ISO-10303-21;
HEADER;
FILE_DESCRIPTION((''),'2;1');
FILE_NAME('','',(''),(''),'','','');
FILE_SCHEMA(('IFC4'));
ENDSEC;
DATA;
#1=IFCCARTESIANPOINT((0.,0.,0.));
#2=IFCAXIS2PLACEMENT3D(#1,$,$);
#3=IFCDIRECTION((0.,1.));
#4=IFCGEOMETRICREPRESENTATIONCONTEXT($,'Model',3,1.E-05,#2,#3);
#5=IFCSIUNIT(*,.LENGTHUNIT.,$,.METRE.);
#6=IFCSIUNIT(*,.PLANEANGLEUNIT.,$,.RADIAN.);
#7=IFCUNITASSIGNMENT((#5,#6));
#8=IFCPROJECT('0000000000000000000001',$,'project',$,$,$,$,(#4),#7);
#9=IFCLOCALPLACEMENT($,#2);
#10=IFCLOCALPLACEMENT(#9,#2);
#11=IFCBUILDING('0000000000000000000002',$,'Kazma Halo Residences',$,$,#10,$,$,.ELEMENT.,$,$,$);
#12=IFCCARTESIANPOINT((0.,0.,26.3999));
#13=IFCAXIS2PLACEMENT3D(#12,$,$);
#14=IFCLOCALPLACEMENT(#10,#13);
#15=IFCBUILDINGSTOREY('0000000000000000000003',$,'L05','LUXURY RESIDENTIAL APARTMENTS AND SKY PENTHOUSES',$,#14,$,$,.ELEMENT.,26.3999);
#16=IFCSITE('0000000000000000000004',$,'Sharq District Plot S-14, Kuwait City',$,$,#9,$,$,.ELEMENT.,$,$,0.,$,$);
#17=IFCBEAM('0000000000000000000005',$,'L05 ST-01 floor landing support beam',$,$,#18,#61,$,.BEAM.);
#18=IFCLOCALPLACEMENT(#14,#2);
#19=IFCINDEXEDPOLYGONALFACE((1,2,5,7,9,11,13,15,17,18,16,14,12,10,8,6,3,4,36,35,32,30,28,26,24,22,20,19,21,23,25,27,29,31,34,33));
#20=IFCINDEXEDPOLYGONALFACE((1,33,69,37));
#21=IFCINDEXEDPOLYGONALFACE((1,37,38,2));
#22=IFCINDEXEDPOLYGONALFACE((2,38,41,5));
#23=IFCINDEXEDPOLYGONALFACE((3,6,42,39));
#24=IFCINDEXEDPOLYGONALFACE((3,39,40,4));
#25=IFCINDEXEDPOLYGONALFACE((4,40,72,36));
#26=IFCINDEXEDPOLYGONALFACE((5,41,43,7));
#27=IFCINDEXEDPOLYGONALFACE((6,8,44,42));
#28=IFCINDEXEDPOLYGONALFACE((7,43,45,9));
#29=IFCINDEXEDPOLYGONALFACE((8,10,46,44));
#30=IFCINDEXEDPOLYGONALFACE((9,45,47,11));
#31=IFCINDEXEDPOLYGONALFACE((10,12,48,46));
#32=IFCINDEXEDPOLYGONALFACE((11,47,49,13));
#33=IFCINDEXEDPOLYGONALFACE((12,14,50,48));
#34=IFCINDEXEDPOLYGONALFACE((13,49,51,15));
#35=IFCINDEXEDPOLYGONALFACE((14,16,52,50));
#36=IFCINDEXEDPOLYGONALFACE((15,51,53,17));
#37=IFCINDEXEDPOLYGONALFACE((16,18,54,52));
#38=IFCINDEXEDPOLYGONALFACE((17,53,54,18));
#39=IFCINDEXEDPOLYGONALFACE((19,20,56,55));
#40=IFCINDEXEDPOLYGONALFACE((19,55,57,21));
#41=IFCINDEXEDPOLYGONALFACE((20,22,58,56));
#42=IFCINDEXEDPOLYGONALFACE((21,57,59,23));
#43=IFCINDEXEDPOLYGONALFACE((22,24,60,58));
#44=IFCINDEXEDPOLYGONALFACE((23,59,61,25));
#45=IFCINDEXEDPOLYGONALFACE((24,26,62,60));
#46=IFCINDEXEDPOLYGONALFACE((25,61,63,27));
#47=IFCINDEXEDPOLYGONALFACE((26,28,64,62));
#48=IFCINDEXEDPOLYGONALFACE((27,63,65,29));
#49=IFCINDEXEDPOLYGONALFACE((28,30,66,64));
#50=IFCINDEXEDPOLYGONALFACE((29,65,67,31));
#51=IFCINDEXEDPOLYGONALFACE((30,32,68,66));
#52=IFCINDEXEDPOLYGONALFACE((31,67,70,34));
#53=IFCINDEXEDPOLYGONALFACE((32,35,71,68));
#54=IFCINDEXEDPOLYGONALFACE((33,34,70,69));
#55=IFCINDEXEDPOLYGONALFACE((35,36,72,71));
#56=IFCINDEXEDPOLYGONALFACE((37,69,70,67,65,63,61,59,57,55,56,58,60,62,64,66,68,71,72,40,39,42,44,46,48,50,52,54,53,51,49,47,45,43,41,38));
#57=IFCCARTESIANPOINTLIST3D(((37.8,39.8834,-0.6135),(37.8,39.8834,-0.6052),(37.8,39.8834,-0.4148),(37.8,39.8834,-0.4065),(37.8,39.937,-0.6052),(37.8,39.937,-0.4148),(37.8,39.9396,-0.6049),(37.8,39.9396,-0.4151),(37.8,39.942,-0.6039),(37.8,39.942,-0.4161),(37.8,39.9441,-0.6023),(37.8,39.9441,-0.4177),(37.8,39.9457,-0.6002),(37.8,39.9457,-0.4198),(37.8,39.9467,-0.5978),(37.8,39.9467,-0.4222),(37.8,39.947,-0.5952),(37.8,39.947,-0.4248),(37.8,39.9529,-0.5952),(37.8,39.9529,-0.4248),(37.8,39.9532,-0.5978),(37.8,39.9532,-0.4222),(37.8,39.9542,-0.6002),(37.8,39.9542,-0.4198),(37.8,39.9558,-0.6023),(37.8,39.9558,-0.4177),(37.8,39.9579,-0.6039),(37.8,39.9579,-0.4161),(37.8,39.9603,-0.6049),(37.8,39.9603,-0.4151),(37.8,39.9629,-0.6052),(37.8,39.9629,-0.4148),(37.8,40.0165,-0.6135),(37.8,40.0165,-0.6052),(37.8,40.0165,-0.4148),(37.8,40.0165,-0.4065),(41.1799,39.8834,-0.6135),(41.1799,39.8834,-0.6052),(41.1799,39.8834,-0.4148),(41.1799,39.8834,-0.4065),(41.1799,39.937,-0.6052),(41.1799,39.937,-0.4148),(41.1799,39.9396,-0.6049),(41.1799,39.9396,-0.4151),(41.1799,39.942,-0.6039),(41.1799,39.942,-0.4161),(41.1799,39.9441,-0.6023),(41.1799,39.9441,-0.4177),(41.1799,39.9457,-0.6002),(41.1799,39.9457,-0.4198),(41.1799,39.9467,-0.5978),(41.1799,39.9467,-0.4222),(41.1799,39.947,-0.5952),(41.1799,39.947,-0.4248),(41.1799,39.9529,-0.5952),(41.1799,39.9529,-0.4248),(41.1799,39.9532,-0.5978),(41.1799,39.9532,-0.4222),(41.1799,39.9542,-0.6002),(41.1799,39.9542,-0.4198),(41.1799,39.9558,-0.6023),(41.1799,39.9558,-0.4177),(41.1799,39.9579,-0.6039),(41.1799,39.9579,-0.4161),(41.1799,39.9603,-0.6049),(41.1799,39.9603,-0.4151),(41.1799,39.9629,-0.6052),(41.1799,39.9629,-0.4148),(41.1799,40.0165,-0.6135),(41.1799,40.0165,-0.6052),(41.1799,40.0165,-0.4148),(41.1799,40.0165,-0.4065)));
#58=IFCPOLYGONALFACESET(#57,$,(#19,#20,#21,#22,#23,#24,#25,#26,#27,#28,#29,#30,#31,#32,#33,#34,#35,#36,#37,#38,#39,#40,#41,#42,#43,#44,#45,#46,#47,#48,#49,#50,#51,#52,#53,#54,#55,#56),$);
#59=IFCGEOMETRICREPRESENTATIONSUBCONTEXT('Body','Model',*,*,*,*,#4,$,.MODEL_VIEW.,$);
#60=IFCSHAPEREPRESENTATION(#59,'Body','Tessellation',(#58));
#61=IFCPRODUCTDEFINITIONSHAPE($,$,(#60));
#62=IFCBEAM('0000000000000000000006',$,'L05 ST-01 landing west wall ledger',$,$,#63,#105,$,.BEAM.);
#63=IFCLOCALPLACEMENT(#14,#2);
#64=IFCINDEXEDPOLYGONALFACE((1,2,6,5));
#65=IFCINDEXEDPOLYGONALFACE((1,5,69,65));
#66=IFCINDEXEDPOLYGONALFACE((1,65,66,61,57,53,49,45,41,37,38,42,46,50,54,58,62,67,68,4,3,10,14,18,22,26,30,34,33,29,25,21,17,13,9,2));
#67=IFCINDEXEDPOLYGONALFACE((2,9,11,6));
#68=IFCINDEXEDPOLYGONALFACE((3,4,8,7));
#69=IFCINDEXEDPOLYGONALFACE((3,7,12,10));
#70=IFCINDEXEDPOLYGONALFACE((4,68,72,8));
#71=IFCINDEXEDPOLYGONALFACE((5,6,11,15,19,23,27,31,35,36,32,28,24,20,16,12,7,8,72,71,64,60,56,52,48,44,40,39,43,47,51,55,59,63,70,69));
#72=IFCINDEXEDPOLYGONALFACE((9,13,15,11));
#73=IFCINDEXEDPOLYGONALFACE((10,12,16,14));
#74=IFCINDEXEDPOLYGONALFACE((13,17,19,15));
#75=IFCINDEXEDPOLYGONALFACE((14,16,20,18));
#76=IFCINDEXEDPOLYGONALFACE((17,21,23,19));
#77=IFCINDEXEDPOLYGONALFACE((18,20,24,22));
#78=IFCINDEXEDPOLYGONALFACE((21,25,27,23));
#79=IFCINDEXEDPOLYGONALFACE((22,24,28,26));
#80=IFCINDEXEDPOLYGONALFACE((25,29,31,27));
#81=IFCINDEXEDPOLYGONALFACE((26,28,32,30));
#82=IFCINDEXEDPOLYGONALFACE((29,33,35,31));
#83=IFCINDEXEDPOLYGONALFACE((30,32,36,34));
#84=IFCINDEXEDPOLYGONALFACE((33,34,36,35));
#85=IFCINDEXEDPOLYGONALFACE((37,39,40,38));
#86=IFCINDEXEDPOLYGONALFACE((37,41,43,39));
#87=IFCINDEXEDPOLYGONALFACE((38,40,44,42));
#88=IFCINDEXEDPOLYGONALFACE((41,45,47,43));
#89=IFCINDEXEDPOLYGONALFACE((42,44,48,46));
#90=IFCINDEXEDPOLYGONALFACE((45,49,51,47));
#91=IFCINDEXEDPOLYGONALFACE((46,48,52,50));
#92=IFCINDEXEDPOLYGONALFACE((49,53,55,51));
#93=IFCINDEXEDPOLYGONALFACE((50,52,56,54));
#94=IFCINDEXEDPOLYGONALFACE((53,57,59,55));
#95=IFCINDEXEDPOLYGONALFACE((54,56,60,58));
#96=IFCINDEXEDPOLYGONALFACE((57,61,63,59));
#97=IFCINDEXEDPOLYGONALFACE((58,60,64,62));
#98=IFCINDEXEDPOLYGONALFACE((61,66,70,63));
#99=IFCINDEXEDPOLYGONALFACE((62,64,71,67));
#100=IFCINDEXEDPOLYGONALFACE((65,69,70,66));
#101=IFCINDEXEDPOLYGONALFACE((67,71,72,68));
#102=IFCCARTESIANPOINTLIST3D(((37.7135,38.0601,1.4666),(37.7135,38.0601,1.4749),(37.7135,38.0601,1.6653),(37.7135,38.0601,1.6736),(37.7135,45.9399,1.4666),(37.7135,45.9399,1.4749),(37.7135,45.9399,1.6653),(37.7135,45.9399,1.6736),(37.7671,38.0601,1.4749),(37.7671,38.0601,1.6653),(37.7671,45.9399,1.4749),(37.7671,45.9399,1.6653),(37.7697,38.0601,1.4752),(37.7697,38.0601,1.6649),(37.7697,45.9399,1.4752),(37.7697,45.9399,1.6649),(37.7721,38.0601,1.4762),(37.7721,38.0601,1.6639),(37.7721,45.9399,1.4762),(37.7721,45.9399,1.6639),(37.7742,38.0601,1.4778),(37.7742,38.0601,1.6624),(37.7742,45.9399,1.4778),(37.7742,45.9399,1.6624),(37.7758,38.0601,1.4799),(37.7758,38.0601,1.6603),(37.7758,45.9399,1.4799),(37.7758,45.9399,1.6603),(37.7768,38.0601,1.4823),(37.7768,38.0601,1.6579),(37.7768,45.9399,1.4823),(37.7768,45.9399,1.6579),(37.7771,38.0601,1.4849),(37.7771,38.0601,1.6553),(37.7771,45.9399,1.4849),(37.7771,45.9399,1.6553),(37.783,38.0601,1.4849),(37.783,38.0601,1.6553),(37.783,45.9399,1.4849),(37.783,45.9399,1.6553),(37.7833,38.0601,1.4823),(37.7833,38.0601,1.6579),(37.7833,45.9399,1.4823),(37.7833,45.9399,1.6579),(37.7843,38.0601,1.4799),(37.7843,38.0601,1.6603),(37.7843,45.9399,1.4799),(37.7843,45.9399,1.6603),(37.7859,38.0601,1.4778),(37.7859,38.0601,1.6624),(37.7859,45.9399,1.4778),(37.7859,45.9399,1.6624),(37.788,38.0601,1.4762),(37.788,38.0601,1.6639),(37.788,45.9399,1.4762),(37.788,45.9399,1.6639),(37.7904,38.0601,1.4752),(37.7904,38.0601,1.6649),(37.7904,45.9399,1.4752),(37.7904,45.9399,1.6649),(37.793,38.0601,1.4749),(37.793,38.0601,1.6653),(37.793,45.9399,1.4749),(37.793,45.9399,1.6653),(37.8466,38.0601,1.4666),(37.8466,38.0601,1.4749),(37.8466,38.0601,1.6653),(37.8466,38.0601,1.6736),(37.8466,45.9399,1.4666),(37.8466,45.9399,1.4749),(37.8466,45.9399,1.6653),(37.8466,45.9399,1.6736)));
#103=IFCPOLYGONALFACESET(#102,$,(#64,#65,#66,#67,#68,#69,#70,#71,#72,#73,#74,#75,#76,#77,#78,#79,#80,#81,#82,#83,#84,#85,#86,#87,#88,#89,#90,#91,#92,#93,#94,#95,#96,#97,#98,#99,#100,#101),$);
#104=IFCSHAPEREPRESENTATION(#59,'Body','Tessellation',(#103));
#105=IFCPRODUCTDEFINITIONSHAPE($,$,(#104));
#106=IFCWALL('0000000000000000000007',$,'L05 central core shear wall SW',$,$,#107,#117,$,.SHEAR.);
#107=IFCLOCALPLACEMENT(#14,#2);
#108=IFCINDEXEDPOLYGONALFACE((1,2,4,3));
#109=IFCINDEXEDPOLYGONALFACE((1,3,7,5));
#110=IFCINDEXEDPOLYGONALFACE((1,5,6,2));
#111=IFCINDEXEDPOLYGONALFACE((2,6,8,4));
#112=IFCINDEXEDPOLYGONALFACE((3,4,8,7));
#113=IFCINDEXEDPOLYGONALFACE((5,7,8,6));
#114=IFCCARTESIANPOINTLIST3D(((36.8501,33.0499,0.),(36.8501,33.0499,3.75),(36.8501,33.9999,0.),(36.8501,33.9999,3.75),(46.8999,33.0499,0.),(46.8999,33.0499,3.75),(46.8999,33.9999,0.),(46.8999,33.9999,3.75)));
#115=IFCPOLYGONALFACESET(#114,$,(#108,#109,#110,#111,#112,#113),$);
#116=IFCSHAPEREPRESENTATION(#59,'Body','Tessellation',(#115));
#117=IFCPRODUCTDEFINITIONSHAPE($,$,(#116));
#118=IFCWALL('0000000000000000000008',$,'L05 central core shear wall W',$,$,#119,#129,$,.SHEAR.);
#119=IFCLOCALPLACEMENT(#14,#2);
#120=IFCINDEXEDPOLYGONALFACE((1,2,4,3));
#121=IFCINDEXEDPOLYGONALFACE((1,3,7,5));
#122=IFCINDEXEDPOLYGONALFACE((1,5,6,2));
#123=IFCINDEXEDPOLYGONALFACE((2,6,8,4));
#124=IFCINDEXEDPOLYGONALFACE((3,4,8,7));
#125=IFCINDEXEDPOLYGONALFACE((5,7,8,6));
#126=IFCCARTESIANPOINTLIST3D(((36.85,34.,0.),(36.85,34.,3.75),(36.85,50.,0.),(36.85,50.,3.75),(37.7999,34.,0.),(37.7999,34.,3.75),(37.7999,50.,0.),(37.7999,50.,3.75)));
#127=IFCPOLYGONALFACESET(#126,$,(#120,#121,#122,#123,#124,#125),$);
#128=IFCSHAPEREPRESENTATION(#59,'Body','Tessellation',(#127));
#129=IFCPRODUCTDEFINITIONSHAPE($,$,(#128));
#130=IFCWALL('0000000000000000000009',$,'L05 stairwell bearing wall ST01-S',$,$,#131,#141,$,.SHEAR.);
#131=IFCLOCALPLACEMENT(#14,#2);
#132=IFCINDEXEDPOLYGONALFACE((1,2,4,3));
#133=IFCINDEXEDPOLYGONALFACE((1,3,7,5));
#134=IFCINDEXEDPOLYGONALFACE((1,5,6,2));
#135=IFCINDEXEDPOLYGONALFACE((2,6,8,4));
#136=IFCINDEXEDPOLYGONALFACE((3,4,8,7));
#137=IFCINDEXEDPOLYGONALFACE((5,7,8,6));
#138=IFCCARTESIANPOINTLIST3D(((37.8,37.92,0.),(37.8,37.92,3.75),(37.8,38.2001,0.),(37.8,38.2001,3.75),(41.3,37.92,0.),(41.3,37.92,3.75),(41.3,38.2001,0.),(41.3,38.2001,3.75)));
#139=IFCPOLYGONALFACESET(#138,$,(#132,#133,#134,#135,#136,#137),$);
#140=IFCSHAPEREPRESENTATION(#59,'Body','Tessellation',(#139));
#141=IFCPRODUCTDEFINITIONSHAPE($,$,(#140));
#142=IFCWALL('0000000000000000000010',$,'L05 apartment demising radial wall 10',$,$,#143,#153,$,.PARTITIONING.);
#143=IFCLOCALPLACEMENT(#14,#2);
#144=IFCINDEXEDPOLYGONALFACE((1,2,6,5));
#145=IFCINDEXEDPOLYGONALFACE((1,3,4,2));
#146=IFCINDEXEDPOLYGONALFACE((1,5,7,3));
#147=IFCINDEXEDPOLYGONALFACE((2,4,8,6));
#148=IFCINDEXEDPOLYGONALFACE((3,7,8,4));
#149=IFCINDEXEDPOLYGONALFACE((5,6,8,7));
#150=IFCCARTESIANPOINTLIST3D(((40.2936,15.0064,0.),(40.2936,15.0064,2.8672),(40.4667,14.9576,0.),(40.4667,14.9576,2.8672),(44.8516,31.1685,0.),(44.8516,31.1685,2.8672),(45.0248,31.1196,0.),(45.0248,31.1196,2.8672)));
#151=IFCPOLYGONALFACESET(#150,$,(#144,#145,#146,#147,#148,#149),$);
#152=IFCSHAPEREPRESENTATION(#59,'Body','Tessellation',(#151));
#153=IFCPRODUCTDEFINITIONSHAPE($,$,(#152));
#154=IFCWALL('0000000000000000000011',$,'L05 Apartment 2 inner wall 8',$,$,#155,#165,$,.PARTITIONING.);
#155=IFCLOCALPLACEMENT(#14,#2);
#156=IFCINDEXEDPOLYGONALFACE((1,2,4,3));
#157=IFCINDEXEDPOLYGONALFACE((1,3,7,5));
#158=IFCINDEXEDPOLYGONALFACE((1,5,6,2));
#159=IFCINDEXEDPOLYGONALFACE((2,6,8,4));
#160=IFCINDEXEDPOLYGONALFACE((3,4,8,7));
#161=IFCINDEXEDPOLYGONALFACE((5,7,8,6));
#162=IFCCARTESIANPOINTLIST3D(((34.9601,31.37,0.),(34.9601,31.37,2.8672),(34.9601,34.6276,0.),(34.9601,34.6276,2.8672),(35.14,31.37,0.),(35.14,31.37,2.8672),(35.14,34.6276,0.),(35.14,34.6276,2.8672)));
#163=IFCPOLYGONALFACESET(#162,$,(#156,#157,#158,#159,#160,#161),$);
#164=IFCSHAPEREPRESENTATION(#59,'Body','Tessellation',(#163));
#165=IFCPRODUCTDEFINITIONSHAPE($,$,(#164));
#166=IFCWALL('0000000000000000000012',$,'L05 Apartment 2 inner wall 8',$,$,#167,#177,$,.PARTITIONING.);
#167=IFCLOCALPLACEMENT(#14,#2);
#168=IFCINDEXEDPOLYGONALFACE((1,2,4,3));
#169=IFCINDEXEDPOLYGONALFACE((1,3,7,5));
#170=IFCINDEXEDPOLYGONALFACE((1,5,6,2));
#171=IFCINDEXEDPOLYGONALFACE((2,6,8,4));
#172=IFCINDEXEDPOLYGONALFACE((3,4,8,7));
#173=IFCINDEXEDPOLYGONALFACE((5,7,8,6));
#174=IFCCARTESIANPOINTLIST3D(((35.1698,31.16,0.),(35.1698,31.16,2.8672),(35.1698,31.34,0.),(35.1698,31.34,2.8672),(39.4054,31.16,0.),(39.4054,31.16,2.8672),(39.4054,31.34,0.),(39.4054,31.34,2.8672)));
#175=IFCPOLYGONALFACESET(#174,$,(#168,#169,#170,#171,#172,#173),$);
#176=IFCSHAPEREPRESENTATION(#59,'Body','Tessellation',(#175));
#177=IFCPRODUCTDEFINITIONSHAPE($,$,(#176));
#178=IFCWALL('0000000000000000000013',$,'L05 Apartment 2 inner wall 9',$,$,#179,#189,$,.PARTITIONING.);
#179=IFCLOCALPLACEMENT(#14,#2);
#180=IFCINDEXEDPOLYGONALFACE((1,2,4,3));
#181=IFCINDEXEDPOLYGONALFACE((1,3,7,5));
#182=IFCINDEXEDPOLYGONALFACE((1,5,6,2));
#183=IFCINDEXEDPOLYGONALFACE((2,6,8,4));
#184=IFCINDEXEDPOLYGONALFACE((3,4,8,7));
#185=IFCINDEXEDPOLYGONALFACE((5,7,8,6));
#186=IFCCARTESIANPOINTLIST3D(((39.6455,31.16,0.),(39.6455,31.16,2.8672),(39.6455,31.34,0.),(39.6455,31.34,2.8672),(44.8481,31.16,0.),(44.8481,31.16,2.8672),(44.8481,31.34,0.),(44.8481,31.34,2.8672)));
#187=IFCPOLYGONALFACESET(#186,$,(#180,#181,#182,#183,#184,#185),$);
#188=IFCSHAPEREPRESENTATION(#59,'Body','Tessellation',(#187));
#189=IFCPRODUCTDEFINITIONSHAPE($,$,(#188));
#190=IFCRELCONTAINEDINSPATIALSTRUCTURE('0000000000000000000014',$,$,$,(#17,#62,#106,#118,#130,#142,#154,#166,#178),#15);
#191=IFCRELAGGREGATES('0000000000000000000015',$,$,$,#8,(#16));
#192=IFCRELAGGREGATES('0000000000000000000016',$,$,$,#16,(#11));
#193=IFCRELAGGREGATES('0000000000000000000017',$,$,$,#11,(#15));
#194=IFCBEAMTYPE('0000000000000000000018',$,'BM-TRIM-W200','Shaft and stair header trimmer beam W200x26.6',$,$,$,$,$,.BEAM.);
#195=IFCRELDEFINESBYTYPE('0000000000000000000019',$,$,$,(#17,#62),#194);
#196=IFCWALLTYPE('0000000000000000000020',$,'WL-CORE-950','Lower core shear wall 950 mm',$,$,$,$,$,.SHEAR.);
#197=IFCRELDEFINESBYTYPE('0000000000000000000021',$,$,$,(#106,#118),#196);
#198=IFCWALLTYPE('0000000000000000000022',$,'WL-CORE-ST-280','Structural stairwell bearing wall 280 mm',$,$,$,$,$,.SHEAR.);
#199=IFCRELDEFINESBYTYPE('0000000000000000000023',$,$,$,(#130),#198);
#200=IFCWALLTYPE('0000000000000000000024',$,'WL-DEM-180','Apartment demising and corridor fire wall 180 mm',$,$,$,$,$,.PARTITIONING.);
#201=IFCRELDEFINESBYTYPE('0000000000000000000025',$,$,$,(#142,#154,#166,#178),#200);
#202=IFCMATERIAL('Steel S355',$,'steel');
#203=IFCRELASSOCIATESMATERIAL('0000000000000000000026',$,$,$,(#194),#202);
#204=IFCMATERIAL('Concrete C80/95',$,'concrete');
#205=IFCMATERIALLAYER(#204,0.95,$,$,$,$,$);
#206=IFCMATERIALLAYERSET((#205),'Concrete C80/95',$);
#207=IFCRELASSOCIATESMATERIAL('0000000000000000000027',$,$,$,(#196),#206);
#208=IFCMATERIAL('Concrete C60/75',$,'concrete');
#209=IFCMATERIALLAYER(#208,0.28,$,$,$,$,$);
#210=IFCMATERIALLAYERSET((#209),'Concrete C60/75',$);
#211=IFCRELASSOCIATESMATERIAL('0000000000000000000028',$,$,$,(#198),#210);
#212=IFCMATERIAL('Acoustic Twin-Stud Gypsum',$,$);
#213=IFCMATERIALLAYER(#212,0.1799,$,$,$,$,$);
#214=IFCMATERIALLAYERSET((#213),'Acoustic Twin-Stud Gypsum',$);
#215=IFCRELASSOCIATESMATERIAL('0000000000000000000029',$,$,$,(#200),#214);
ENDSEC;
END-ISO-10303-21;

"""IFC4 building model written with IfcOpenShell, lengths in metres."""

from ifc_helpers import new_model, si_unit, direction, frame, frame_2d, origin, origin_2d, place, context, subcontext, project, spatial, rectangle, i_section, extrude, material, layer, layer_set, material_profile, profile_set, type_object, element, save


model = new_model("IFC4")

# Units and contexts
model_context = context("Model", 3, precision=1e-05, world=origin(), true_north=direction((0.0, 1.0)))
body_context = subcontext(model_context, "Body", "Model", "MODEL_VIEW")
ifc_project = project(units=[si_unit("LENGTHUNIT", "METRE"), si_unit("PLANEANGLEUNIT", "RADIAN")], contexts=[model_context])

# Site, building, storey
site_placement = place(None, origin())
site = spatial("IfcSite", under=ifc_project, at=site_placement, Name="Sharq District Plot S-14, Kuwait City", CompositionType="ELEMENT", RefElevation=0.0)
building_placement = place(site_placement, origin())
building = spatial("IfcBuilding", under=site, at=building_placement, Name="Kazma Halo Residences", CompositionType="ELEMENT")
storey_placement = place(building_placement, frame((0.0, 0.0, 26.3999)))
storey = spatial("IfcBuildingStorey", under=building, at=storey_placement, Name="L05", Description="LUXURY RESIDENTIAL APARTMENTS AND SKY PENTHOUSES", CompositionType="ELEMENT", Elevation=26.3999)

# Beams
ifc_material_1 = material(Name="Steel S355", Category="steel")
ifc_material_profile_1 = material_profile(ifc_material_1, i_section(OverallWidth=0.1331, OverallDepth=0.207, WebThickness=0.0059, FlangeThickness=0.0083, FilletRadius=0.01, at=origin_2d()), Name="W200x26.6")
ifc_profile_set_1 = profile_set([ifc_material_profile_1], Name="Steel S355")
beam_type_1 = type_object("IfcBeamType", Name="BM-TRIM-W200", Description="Shaft and stair header trimmer beam W200x26.6", PredefinedType="BEAM", material=ifc_profile_set_1)
beam_1_placement = place(storey_placement, frame((37.8, 39.95, -0.51), z_axis=(1.0, 0.0, 0.0), x_axis=(0.0, 1.0, 0.0)))
element("IfcBeam", 1, at=beam_1_placement, inside=storey, type_object=beam_type_1, Name="L05 ST-01 floor landing support beam", PredefinedType="BEAM", context=body_context, shape_type="SweptSolid", body=[
    extrude(i_section(OverallWidth=0.1331, OverallDepth=0.207, WebThickness=0.0059, FlangeThickness=0.0083, FilletRadius=0.01, at=origin_2d()), origin(), (0.0, 0.0, 1.0), 3.3799),
])
beam_2_placement = place(storey_placement, frame((37.78, 38.0601, 1.5701), z_axis=(0.0, 1.0, 0.0), x_axis=(-1.0, 0.0, 0.0)))
element("IfcBeam", 2, at=beam_2_placement, inside=storey, type_object=beam_type_1, Name="L05 ST-01 landing west wall ledger", PredefinedType="BEAM", context=body_context, shape_type="SweptSolid", body=[
    extrude(i_section(OverallWidth=0.1331, OverallDepth=0.207, WebThickness=0.0059, FlangeThickness=0.0083, FilletRadius=0.01, at=origin_2d()), origin(), (0.0, 0.0, 1.0), 7.8799),
])

# Walls
ifc_material_2 = material(Name="Concrete C80/95", Category="concrete")
ifc_layer_1 = layer(ifc_material_2, 0.95)
ifc_layer_set_1 = layer_set([ifc_layer_1], Name="Concrete C80/95")
wall_type_1 = type_object("IfcWallType", Name="WL-CORE-950", Description="Lower core shear wall 950 mm", PredefinedType="SHEAR", material=ifc_layer_set_1)
wall_1_placement = place(storey_placement, frame((36.8501, 33.5249, 0.0), z_axis=(0.0, 0.0, 1.0), x_axis=(1.0, 0.0, 0.0)))
element("IfcWall", 3, at=wall_1_placement, inside=storey, type_object=wall_type_1, Name="L05 central core shear wall SW", PredefinedType="SHEAR", context=body_context, shape_type="SweptSolid", body=[
    extrude(rectangle(XDim=10.0498, YDim=0.95, at=frame_2d((5.0249, 0.0))), origin(), (0.0, 0.0, 1.0), 3.75),
])
wall_2_placement = place(storey_placement, frame((37.325, 34.0, 0.0), z_axis=(0.0, 0.0, 1.0), x_axis=(0.0, 1.0, 0.0)))
element("IfcWall", 4, at=wall_2_placement, inside=storey, type_object=wall_type_1, Name="L05 central core shear wall W", PredefinedType="SHEAR", context=body_context, shape_type="SweptSolid", body=[
    extrude(rectangle(XDim=16.0, YDim=0.95, at=frame_2d((8.0, 0.0))), origin(), (0.0, 0.0, 1.0), 3.75),
])
ifc_material_3 = material(Name="Concrete C60/75", Category="concrete")
ifc_layer_2 = layer(ifc_material_3, 0.28)
ifc_layer_set_2 = layer_set([ifc_layer_2], Name="Concrete C60/75")
wall_type_2 = type_object("IfcWallType", Name="WL-CORE-ST-280", Description="Structural stairwell bearing wall 280 mm", PredefinedType="SHEAR", material=ifc_layer_set_2)
wall_3_placement = place(storey_placement, frame((37.8, 38.0601, 0.0), z_axis=(0.0, 0.0, 1.0), x_axis=(1.0, 0.0, 0.0)))
element("IfcWall", 5, at=wall_3_placement, inside=storey, type_object=wall_type_2, Name="L05 stairwell bearing wall ST01-S", PredefinedType="SHEAR", context=body_context, shape_type="SweptSolid", body=[
    extrude(rectangle(XDim=3.5, YDim=0.28, at=frame_2d((1.75, 0.0))), origin(), (0.0, 0.0, 1.0), 3.75),
])
ifc_material_4 = material(Name="Acoustic Twin-Stud Gypsum")
ifc_layer_3 = layer(ifc_material_4, 0.1799)
ifc_layer_set_3 = layer_set([ifc_layer_3], Name="Acoustic Twin-Stud Gypsum")
wall_type_3 = type_object("IfcWallType", Name="WL-DEM-180", Description="Apartment demising and corridor fire wall 180 mm", PredefinedType="PARTITIONING", material=ifc_layer_set_3)
wall_4_placement = place(storey_placement, frame((44.9382, 31.144, 0.0), z_axis=(0.0, 0.0, 1.0), x_axis=(-0.271436, -0.962456, 0.0)))
element("IfcWall", 6, at=wall_4_placement, inside=storey, type_object=wall_type_3, Name="L05 apartment demising radial wall 10", PredefinedType="PARTITIONING", context=body_context, shape_type="SweptSolid", body=[
    extrude(rectangle(XDim=16.7925, YDim=0.1799, at=frame_2d((8.3962, 0.0))), origin(), (0.0, 0.0, 1.0), 2.8672),
])
wall_5_placement = place(storey_placement, frame((35.05, 34.6277, 0.0), z_axis=(0.0, 0.0, 1.0), x_axis=(0.0, -1.0, 0.0)))
element("IfcWall", 7, at=wall_5_placement, inside=storey, type_object=wall_type_3, Name="L05 Apartment 2 inner wall 8", PredefinedType="PARTITIONING", context=body_context, shape_type="SweptSolid", body=[
    extrude(rectangle(XDim=3.2576, YDim=0.1799, at=frame_2d((1.6289, 0.0))), origin(), (0.0, 0.0, 1.0), 2.8672),
])
wall_6_placement = place(storey_placement, frame((35.1699, 31.25, 0.0), z_axis=(0.0, 0.0, 1.0), x_axis=(1.0, 0.0, 0.0)))
element("IfcWall", 8, at=wall_6_placement, inside=storey, type_object=wall_type_3, Name="L05 Apartment 2 inner wall 8", PredefinedType="PARTITIONING", context=body_context, shape_type="SweptSolid", body=[
    extrude(rectangle(XDim=4.2356, YDim=0.1799, at=frame_2d((2.1177, 0.0))), origin(), (0.0, 0.0, 1.0), 2.8672),
])
wall_7_placement = place(storey_placement, frame((39.6455, 31.25, 0.0), z_axis=(0.0, 0.0, 1.0), x_axis=(1.0, 0.0, 0.0)))
element("IfcWall", 9, at=wall_7_placement, inside=storey, type_object=wall_type_3, Name="L05 Apartment 2 inner wall 9", PredefinedType="PARTITIONING", context=body_context, shape_type="SweptSolid", body=[
    extrude(rectangle(XDim=5.2026, YDim=0.1799, at=frame_2d((2.6013, 0.0))), origin(), (0.0, 0.0, 1.0), 2.8672),
])

save(model, "model.ifc")
